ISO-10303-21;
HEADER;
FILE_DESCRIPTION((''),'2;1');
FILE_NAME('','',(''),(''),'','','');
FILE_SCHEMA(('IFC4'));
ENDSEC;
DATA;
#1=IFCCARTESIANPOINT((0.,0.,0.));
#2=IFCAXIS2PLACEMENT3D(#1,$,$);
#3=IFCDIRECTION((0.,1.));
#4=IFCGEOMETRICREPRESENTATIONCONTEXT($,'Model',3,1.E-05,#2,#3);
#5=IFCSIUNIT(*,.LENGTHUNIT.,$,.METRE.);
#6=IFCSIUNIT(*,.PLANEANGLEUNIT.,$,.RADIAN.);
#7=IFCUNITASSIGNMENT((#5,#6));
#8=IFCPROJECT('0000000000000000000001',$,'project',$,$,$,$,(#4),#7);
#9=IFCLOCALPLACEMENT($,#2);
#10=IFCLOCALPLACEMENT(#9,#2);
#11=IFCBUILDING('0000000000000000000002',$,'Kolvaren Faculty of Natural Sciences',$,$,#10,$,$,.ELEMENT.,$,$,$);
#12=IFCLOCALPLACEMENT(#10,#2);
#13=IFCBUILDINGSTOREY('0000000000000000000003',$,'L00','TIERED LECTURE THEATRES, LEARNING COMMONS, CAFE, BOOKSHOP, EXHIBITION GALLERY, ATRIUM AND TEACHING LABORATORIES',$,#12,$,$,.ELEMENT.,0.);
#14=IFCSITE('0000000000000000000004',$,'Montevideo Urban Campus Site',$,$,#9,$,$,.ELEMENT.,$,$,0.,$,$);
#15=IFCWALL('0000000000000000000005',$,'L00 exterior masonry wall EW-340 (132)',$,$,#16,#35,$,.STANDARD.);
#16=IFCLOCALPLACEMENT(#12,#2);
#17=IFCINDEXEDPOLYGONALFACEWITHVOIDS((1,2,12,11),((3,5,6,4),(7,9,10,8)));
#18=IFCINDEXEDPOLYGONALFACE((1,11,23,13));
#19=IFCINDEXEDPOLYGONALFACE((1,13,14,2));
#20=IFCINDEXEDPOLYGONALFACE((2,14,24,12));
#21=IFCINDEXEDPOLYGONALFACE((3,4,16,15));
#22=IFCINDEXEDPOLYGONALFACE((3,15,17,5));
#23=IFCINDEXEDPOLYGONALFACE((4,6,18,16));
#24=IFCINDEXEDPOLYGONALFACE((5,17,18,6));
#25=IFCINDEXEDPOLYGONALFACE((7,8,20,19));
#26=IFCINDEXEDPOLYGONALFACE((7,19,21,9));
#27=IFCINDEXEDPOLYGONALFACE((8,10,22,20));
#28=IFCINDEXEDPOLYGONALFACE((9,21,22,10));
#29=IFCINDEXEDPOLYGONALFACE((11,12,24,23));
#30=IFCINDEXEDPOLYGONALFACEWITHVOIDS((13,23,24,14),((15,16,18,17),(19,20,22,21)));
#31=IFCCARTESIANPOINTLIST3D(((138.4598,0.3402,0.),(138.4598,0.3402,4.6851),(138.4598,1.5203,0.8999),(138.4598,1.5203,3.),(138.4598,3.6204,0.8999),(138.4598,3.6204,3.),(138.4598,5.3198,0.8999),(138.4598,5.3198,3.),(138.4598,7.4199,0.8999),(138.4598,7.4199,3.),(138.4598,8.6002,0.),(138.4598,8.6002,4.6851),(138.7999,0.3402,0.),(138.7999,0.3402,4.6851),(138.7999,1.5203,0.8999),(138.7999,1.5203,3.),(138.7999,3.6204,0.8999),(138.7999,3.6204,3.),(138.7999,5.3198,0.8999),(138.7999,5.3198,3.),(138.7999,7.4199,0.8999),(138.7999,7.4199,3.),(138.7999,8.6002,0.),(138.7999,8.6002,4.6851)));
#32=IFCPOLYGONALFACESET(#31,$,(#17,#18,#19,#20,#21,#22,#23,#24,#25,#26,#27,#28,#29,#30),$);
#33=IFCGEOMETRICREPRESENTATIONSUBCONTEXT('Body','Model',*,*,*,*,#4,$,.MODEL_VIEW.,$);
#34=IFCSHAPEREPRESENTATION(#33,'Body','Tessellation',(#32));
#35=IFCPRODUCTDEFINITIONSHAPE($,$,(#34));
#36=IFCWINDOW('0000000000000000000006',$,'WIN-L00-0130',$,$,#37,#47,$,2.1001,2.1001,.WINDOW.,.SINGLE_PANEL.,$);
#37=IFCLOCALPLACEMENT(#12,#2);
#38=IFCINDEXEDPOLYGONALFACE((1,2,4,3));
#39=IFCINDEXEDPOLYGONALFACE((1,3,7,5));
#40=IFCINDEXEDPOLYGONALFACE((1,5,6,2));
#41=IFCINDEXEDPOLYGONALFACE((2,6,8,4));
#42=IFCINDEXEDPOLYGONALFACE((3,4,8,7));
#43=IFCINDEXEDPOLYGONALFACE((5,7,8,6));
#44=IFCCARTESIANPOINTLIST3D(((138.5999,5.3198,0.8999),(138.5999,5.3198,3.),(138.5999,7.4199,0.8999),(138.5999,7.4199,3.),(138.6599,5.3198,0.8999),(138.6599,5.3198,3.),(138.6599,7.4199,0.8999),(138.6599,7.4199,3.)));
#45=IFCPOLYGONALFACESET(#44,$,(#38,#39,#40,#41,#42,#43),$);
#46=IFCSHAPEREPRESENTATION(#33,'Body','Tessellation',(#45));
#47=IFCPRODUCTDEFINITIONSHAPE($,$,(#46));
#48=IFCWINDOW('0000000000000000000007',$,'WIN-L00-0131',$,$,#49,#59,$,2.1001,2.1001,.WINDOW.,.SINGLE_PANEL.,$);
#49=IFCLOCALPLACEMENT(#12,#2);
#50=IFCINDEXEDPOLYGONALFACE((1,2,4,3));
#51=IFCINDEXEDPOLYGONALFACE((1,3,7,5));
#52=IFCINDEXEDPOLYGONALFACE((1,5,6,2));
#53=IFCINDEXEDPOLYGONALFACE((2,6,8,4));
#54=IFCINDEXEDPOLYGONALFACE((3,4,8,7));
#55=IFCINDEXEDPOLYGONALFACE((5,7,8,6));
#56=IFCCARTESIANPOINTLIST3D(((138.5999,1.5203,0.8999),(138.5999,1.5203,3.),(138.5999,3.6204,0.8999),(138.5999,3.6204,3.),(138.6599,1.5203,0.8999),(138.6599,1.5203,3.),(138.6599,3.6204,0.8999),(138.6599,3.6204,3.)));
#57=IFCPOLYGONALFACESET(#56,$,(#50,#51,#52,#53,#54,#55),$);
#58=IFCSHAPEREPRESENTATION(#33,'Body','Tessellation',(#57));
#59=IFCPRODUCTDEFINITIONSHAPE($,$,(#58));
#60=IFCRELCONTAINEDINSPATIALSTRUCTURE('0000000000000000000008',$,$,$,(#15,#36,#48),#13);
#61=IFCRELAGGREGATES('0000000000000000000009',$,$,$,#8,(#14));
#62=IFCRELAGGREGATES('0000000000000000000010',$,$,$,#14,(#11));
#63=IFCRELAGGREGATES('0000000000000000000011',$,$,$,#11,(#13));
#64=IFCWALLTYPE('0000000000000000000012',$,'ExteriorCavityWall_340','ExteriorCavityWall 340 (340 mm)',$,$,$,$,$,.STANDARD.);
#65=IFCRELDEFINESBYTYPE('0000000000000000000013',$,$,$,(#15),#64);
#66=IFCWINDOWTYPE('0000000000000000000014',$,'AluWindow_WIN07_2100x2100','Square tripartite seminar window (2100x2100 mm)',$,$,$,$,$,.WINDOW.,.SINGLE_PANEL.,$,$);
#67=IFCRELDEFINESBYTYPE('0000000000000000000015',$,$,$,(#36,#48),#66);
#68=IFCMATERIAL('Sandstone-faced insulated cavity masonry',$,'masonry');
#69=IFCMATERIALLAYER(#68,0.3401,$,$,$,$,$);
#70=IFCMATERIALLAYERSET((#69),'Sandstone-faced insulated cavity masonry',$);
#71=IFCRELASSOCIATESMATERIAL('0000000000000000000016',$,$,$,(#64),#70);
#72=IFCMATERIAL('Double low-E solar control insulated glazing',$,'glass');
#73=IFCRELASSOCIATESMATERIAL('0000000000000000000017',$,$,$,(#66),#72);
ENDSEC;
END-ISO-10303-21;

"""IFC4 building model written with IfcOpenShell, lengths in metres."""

from ifc_helpers import new_model, si_unit, direction, frame, frame_2d, origin, place, context, subcontext, project, spatial, rectangle, extrude, material, layer, layer_set, type_object, element, fill, save


model = new_model("IFC4")

# Units and contexts
model_context = context("Model", 3, precision=1e-05, world=origin(), true_north=direction((0.0, 1.0)))
body_context = subcontext(model_context, "Body", "Model", "MODEL_VIEW")
ifc_project = project(units=[si_unit("LENGTHUNIT", "METRE"), si_unit("PLANEANGLEUNIT", "RADIAN")], contexts=[model_context])

# Site, building, storey
site_placement = place(None, origin())
site = spatial("IfcSite", under=ifc_project, at=site_placement, Name="Montevideo Urban Campus Site", CompositionType="ELEMENT", RefElevation=0.0)
building_placement = place(site_placement, origin())
building = spatial("IfcBuilding", under=site, at=building_placement, Name="Kolvaren Faculty of Natural Sciences", CompositionType="ELEMENT")
storey_placement = place(building_placement, origin())
storey = spatial("IfcBuildingStorey", under=building, at=storey_placement, Name="L00", Description="TIERED LECTURE THEATRES, LEARNING COMMONS, CAFE, BOOKSHOP, EXHIBITION GALLERY, ATRIUM AND TEACHING LABORATORIES", CompositionType="ELEMENT", Elevation=0.0)

# Wall, openings, windows
ifc_material_1 = material(Name="Sandstone-faced insulated cavity masonry", Category="masonry")
ifc_layer = layer(ifc_material_1, 0.3401)
ifc_layer_set = layer_set([ifc_layer], Name="Sandstone-faced insulated cavity masonry")
wall_type = type_object("IfcWallType", Name="ExteriorCavityWall_340", Description="ExteriorCavityWall 340 (340 mm)", PredefinedType="STANDARD", material=ifc_layer_set)
wall_placement = place(storey_placement, frame((138.6299, 8.6001, 0.0), z_axis=(0.0, 0.0, 1.0), x_axis=(0.0, -1.0, 0.0)))
wall = element("IfcWall", 1, at=wall_placement, inside=storey, type_object=wall_type, Name="L00 exterior masonry wall EW-340 (132)", PredefinedType="STANDARD", context=body_context, shape_type="SweptSolid", body=[
    extrude(rectangle(XDim=8.26, YDim=0.3401, at=frame_2d((4.1299, 0.0))), origin(), (0.0, 0.0, 1.0), 4.6851),
])
opening_1_placement = place(wall_placement, frame((1.1802, 0.0, 0.8999)))
opening_1 = element("IfcOpeningElement", 2, at=opening_1_placement, cuts=wall, PredefinedType="OPENING", context=body_context, shape_type="SweptSolid", body=[
    extrude(rectangle(XDim=2.1001, YDim=2.1001, at=frame_2d((1.05, 1.05))), frame((0.0, 0.1799, 0.0), z_axis=(0.0, -1.0, 0.0), x_axis=(1.0, 0.0, 0.0)), (0.0, 0.0, 1.0), 0.3601),
])
opening_2_placement = place(wall_placement, frame((4.9797, 0.0, 0.8999)))
opening_2 = element("IfcOpeningElement", 3, at=opening_2_placement, cuts=wall, PredefinedType="OPENING", context=body_context, shape_type="SweptSolid", body=[
    extrude(rectangle(XDim=2.1001, YDim=2.1001, at=frame_2d((1.05, 1.05))), frame((0.0, 0.1799, 0.0), z_axis=(0.0, -1.0, 0.0), x_axis=(1.0, 0.0, 0.0)), (0.0, 0.0, 1.0), 0.3601),
])
ifc_material_2 = material(Name="Double low-E solar control insulated glazing", Category="glass")
window_type = type_object("IfcWindowType", Name="AluWindow_WIN07_2100x2100", Description="Square tripartite seminar window (2100x2100 mm)", PartitioningType="SINGLE_PANEL", PredefinedType="WINDOW", material=ifc_material_2)
window_1_placement = place(opening_1_placement, origin())
window_1 = element("IfcWindow", 4, at=window_1_placement, inside=storey, type_object=window_type, Name="WIN-L00-0130", OverallHeight=2.1001, OverallWidth=2.1001, PartitioningType="SINGLE_PANEL", PredefinedType="WINDOW", context=body_context, shape_type="SweptSolid", body=[
    extrude(rectangle(XDim=2.1001, YDim=2.1001, at=frame_2d((1.05, 1.05))), frame((0.0, 0.03, 0.0), z_axis=(0.0, -1.0, 0.0), x_axis=(1.0, 0.0, 0.0)), (0.0, 0.0, 1.0), 0.0601),
])
fill(opening_1, window_1)
window_2_placement = place(opening_2_placement, origin())
window_2 = element("IfcWindow", 5, at=window_2_placement, inside=storey, type_object=window_type, Name="WIN-L00-0131", OverallHeight=2.1001, OverallWidth=2.1001, PartitioningType="SINGLE_PANEL", PredefinedType="WINDOW", context=body_context, shape_type="SweptSolid", body=[
    extrude(rectangle(XDim=2.1001, YDim=2.1001, at=frame_2d((1.05, 1.05))), frame((0.0, 0.03, 0.0), z_axis=(0.0, -1.0, 0.0), x_axis=(1.0, 0.0, 0.0)), (0.0, 0.0, 1.0), 0.0601),
])
fill(opening_2, window_2)

save(model, "model.ifc")
